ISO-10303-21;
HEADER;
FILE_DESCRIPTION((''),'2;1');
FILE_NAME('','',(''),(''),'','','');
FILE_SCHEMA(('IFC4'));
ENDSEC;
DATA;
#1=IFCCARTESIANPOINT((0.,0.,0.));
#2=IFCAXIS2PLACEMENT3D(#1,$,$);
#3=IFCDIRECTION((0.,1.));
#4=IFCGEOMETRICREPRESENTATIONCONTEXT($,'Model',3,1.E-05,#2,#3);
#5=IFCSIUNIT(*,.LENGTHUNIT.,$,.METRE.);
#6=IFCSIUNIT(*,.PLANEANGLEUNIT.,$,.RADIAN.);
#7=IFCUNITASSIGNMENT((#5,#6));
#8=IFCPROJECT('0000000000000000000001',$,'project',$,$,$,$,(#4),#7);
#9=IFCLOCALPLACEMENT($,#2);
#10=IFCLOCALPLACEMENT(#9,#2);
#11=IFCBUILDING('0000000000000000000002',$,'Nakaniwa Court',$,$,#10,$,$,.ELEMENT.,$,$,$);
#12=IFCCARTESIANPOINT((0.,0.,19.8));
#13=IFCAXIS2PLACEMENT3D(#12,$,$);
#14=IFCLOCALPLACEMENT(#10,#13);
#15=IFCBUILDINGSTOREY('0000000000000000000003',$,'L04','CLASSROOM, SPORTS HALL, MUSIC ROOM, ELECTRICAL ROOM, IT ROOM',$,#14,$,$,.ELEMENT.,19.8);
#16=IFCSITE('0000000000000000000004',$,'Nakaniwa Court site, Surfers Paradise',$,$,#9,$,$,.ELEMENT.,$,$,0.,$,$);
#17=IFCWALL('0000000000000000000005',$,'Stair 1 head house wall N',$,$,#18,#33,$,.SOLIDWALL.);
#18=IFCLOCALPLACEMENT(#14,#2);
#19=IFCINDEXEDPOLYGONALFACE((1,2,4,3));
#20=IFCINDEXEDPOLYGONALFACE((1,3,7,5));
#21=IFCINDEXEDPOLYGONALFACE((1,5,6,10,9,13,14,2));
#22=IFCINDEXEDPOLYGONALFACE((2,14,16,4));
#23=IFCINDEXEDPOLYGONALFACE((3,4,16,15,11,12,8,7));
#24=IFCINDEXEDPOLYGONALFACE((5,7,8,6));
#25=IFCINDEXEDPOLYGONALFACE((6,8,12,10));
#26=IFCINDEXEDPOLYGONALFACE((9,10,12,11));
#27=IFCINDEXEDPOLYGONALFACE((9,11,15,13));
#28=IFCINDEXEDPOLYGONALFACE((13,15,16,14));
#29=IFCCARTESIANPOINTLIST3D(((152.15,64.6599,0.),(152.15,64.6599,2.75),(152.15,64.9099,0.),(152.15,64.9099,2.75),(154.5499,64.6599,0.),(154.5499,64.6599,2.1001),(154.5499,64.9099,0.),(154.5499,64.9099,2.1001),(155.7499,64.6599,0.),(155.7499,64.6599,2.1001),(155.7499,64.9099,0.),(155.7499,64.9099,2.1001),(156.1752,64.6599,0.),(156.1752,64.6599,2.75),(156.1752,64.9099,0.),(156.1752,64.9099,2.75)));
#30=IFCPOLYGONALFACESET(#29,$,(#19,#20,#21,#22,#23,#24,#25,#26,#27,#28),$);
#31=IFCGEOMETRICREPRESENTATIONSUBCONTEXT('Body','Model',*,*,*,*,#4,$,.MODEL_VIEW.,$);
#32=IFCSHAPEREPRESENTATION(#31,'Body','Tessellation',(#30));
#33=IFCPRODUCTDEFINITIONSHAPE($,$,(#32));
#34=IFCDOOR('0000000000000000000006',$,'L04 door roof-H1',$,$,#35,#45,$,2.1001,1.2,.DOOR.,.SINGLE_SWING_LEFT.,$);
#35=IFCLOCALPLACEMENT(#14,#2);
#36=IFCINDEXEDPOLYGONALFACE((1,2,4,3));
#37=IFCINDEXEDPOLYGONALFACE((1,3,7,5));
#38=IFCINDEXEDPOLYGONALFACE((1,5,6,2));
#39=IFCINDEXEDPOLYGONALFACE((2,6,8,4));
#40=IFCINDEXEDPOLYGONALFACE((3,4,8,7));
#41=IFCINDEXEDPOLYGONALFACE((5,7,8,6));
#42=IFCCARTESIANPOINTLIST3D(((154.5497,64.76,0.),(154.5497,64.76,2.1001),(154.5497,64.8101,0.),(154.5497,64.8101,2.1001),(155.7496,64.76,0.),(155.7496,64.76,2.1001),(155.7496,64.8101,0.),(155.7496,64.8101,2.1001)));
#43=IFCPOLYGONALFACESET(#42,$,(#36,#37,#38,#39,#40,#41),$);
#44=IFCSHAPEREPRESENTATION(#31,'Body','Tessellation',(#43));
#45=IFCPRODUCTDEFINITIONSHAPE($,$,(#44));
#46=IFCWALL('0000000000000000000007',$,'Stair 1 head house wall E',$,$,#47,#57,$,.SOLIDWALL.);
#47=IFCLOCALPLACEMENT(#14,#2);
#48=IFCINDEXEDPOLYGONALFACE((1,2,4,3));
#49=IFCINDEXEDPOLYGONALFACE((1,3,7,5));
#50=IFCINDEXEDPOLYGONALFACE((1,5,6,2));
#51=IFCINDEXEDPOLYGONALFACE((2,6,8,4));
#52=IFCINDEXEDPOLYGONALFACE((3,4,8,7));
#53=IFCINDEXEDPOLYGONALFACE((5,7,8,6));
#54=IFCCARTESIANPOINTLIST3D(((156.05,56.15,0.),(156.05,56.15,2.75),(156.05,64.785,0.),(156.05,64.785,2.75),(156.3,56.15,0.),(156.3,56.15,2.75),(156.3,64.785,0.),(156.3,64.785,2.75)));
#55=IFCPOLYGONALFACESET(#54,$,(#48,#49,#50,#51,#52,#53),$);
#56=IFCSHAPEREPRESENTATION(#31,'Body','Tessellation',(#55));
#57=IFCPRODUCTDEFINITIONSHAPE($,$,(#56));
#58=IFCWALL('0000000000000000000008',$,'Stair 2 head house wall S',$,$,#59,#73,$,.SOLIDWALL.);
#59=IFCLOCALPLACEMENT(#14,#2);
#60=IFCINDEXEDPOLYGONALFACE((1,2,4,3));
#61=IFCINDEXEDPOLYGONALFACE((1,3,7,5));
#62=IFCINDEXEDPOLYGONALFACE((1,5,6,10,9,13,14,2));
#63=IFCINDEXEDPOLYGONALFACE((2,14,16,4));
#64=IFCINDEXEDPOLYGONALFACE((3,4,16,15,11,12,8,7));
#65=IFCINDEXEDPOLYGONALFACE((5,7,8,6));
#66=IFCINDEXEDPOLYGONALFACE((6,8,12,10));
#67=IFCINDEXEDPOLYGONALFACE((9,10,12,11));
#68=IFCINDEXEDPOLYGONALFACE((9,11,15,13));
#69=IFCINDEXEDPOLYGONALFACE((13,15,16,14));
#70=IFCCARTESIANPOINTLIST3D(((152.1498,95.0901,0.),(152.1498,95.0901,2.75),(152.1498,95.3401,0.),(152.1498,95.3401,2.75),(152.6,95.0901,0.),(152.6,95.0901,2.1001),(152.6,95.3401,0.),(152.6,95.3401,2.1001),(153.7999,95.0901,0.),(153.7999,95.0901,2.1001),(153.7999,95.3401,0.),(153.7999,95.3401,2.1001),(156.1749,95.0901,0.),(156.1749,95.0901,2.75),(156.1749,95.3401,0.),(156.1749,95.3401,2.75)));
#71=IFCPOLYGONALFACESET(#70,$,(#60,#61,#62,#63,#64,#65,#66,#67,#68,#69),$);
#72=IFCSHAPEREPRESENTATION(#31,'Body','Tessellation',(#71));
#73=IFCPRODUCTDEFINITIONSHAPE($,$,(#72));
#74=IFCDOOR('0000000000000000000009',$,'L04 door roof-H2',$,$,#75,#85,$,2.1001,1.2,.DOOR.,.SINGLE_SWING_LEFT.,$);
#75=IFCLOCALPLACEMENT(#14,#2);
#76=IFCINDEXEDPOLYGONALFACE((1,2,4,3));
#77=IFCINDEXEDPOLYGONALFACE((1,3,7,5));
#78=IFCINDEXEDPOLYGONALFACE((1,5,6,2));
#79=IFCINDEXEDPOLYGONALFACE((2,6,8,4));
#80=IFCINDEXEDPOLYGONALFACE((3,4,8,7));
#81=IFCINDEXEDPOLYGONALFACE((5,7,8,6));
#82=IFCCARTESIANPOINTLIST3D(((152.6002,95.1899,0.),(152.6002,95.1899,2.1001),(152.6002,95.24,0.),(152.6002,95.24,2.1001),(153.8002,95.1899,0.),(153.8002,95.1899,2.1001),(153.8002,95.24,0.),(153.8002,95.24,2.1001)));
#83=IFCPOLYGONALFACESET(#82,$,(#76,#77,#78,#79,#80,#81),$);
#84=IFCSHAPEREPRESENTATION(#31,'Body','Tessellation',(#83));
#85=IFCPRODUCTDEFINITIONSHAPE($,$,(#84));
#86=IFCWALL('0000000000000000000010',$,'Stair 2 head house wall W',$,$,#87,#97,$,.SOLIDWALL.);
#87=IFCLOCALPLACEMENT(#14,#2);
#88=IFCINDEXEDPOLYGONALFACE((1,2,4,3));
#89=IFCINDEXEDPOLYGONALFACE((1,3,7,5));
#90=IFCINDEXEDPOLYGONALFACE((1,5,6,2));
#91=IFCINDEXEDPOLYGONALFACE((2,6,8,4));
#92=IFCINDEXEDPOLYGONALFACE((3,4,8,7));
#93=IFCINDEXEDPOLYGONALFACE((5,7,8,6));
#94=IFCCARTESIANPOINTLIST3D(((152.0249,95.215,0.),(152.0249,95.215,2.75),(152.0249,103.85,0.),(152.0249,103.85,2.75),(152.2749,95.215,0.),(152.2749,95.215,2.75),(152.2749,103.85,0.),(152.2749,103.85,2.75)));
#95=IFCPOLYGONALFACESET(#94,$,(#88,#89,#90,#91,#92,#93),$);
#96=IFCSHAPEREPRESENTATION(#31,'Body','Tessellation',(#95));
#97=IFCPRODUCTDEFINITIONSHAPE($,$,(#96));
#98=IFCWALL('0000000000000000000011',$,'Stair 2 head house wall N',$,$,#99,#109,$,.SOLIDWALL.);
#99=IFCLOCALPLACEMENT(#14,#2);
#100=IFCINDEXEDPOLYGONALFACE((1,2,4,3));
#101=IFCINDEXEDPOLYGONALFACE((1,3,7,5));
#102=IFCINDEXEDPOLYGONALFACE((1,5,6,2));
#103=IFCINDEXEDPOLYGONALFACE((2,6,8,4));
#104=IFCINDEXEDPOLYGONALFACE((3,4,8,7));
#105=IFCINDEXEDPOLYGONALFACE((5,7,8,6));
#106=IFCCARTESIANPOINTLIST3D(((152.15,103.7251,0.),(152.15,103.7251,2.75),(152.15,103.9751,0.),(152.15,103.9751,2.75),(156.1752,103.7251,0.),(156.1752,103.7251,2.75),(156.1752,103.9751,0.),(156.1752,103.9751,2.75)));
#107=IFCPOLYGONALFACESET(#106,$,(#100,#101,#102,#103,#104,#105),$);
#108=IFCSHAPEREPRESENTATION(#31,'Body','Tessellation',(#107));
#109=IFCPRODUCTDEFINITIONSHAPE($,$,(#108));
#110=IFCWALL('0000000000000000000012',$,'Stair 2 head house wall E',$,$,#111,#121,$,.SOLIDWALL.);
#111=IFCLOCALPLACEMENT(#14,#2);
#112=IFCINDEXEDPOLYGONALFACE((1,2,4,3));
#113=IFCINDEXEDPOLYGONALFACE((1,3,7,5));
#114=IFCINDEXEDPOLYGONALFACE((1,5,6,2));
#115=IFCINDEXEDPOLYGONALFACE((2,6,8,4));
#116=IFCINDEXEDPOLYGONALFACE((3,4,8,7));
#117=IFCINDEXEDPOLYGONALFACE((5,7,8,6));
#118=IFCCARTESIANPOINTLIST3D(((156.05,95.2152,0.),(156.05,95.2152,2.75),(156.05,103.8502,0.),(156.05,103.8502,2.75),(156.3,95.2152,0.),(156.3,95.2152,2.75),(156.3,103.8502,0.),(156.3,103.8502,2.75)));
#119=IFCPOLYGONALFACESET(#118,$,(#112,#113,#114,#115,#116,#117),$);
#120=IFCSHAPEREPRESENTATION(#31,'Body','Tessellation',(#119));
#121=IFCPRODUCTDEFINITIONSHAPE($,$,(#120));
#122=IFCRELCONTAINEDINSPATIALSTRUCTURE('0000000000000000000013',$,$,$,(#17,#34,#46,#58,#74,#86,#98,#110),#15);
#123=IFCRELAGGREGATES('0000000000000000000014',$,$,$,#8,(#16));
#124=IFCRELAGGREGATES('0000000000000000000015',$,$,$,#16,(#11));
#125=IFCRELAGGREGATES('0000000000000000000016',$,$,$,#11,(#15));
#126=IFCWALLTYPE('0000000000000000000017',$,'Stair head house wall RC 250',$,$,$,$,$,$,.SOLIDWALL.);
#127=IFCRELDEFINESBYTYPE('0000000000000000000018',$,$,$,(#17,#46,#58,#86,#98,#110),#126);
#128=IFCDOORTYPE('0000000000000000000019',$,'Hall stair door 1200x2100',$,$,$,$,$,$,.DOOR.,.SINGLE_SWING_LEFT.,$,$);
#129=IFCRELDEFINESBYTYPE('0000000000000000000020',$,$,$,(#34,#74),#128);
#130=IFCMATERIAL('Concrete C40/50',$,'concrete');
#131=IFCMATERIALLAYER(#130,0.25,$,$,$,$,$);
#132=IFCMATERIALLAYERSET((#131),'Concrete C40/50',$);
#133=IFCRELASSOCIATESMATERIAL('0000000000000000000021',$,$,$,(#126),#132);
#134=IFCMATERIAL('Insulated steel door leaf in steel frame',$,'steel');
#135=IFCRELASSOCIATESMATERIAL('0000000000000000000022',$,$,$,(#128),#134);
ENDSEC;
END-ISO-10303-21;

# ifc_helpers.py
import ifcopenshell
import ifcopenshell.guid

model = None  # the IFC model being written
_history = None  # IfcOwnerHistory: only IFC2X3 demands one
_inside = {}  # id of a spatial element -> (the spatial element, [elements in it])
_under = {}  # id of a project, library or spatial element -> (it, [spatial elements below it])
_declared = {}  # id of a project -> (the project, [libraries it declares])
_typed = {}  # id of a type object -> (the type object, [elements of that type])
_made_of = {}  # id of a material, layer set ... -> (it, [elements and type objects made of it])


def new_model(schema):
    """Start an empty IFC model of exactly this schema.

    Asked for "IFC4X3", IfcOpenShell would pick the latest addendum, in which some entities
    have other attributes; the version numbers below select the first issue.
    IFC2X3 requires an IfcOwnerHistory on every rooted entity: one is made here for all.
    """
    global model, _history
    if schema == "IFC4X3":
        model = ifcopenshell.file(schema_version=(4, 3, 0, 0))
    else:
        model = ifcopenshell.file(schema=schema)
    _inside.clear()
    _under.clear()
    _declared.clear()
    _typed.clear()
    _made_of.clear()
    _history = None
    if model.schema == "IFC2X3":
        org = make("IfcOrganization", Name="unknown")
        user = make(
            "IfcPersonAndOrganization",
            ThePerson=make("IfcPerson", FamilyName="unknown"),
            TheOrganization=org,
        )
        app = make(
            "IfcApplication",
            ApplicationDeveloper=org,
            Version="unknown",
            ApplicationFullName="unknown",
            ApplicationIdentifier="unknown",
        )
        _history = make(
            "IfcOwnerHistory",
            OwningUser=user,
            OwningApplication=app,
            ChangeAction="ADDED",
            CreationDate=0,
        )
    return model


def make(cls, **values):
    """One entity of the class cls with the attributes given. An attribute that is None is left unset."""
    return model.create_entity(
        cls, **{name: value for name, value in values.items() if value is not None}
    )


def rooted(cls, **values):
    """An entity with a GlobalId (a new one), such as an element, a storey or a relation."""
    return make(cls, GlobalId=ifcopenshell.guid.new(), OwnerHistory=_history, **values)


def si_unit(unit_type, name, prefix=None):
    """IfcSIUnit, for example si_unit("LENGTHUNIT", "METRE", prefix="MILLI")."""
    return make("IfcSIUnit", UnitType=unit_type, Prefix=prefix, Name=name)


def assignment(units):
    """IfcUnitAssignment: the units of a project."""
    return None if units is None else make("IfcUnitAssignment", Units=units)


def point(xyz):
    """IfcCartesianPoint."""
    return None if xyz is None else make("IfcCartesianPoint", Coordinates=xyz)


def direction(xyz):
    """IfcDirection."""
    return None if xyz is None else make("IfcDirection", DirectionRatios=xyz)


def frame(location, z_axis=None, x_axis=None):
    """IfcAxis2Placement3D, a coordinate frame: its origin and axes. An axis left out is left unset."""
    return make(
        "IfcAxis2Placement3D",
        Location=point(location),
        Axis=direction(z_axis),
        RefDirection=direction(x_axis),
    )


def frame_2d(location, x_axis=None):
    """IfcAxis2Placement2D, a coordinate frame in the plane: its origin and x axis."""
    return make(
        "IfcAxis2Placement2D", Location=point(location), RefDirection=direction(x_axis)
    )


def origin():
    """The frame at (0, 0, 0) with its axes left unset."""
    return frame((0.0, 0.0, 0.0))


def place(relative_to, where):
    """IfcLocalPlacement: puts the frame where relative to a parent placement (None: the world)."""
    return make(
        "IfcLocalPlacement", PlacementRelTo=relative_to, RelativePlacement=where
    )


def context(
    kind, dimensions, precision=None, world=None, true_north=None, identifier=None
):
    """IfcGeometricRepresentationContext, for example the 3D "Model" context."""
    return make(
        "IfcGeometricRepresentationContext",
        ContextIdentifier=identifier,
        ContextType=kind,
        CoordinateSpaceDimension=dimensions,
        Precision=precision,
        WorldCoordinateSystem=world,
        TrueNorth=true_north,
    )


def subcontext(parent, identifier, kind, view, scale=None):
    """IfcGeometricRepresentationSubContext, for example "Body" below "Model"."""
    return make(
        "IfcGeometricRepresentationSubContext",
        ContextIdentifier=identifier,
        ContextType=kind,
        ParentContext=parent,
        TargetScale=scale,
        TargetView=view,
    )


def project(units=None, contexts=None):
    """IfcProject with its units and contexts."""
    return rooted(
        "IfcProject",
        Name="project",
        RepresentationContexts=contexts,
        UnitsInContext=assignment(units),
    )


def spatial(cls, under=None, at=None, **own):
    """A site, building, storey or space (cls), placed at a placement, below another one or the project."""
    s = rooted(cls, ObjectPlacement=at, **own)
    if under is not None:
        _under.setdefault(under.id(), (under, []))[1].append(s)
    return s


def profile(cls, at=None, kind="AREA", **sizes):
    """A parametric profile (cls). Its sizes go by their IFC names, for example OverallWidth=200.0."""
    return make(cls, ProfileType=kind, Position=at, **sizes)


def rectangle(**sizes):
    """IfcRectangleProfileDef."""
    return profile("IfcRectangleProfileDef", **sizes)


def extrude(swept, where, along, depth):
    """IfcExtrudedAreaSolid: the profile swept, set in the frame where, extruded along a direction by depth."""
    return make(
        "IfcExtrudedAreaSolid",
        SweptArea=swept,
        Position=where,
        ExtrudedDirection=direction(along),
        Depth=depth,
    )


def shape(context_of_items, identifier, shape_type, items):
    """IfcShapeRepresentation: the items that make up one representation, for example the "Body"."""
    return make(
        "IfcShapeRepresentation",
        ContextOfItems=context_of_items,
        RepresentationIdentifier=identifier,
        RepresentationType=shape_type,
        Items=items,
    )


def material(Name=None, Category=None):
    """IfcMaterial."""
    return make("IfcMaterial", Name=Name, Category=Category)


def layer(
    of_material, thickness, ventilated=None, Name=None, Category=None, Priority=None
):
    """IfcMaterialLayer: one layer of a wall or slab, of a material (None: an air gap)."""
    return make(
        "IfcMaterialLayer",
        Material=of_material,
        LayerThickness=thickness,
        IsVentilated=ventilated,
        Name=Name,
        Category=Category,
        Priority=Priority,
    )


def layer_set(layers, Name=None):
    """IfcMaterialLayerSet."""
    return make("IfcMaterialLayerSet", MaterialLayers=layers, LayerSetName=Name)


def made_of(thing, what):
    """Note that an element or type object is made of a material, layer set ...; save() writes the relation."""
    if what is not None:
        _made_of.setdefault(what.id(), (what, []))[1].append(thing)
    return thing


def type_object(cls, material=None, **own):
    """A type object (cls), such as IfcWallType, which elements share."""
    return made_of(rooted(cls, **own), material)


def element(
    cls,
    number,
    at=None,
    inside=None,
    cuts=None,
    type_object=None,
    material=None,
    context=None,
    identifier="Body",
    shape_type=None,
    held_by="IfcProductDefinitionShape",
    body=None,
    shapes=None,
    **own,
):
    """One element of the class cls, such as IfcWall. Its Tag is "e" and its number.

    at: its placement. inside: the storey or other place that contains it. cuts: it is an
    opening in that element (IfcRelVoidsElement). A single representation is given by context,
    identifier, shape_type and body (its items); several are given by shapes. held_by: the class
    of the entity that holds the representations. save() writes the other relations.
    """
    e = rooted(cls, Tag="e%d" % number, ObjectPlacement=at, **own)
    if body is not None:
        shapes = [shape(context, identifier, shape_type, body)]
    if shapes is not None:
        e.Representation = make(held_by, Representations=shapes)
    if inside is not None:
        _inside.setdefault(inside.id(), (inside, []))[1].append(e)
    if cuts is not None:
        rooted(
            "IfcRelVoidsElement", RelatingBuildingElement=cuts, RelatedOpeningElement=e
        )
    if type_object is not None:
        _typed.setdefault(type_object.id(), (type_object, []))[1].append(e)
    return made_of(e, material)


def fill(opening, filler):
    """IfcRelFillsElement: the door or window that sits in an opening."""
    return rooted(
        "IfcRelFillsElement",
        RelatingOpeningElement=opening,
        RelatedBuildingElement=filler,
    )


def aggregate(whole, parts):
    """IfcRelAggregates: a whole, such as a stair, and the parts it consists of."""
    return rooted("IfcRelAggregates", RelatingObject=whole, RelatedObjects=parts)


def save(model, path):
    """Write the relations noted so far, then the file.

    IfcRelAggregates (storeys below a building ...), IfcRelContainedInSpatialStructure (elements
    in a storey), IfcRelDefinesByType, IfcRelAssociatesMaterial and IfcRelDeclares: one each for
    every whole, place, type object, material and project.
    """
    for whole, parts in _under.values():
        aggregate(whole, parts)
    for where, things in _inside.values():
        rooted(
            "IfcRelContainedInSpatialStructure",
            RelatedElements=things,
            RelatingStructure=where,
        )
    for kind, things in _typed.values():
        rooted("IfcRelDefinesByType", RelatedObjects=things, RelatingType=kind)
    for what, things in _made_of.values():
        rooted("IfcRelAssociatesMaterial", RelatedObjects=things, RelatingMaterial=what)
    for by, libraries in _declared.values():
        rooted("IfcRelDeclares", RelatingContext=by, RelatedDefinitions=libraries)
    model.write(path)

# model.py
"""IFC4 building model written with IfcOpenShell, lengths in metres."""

from ifc_helpers import new_model, si_unit, direction, frame, frame_2d, origin, place, context, subcontext, project, spatial, rectangle, extrude, material, layer, layer_set, type_object, element, fill, save


model = new_model("IFC4")

# Units and contexts
model_context = context("Model", 3, precision=1e-05, world=origin(), true_north=direction((0.0, 1.0)))
body_context = subcontext(model_context, "Body", "Model", "MODEL_VIEW")
ifc_project = project(units=[si_unit("LENGTHUNIT", "METRE"), si_unit("PLANEANGLEUNIT", "RADIAN")], contexts=[model_context])

# Site, building, storey
site_placement = place(None, origin())
site = spatial("IfcSite", under=ifc_project, at=site_placement, Name="Nakaniwa Court site, Surfers Paradise", CompositionType="ELEMENT", RefElevation=0.0)
building_placement = place(site_placement, origin())
building = spatial("IfcBuilding", under=site, at=building_placement, Name="Nakaniwa Court", CompositionType="ELEMENT")
storey_placement = place(building_placement, frame((0.0, 0.0, 19.8)))
storey = spatial("IfcBuildingStorey", under=building, at=storey_placement, Name="L04", Description="CLASSROOM, SPORTS HALL, MUSIC ROOM, ELECTRICAL ROOM, IT ROOM", CompositionType="ELEMENT", Elevation=19.8)

# Shared definitions
ifc_material_1 = material(Name="Concrete C40/50", Category="concrete")
ifc_layer_1 = layer(ifc_material_1, 0.25)
ifc_layer_set_1 = layer_set([ifc_layer_1], Name="Concrete C40/50")
wall_type_1 = type_object("IfcWallType", Name="Stair head house wall RC 250", PredefinedType="SOLIDWALL", material=ifc_layer_set_1)

# Wall, opening, door
wall_1_placement = place(storey_placement, frame((152.1499, 64.7849, 0.0), z_axis=(0.0, 0.0, 1.0), x_axis=(1.0, 0.0, 0.0)))
wall_1 = element("IfcWall", 1, at=wall_1_placement, inside=storey, type_object=wall_type_1, Name="Stair 1 head house wall N", PredefinedType="SOLIDWALL", context=body_context, shape_type="SweptSolid", body=[
    extrude(rectangle(XDim=4.0251, YDim=0.25, at=frame_2d((2.0127, 0.0))), origin(), (0.0, 0.0, 1.0), 2.75),
])
opening_1_placement = place(wall_1_placement, frame((2.3999, 0.0, 0.0)))
opening_1 = element("IfcOpeningElement", 2, at=opening_1_placement, cuts=wall_1, PredefinedType="OPENING", context=body_context, shape_type="SweptSolid", body=[
    extrude(rectangle(XDim=1.2, YDim=2.1001, at=frame_2d((0.6001, 1.05))), frame((0.0, 0.135, 0.0), z_axis=(0.0, -1.0, 0.0), x_axis=(1.0, 0.0, 0.0)), (0.0, 0.0, 1.0), 0.27),
])
ifc_material_2 = material(Name="Insulated steel door leaf in steel frame", Category="steel")
door_type = type_object("IfcDoorType", Name="Hall stair door 1200x2100", OperationType="SINGLE_SWING_LEFT", PredefinedType="DOOR", material=ifc_material_2)
door_1_placement = place(opening_1_placement, frame((1.2, 0.0, 0.0), z_axis=(0.0, 0.0, 1.0), x_axis=(-1.0, 0.0, 0.0)))
door_1 = element("IfcDoor", 3, at=door_1_placement, inside=storey, type_object=door_type, Name="L04 door roof-H1", OperationType="SINGLE_SWING_LEFT", OverallHeight=2.1001, OverallWidth=1.2, PredefinedType="DOOR", context=body_context, shape_type="SweptSolid", body=[
    extrude(rectangle(XDim=1.2, YDim=2.1001, at=frame_2d((0.6001, 1.05))), frame((0.0, 0.0249, 0.0), z_axis=(0.0, -1.0, 0.0), x_axis=(1.0, 0.0, 0.0)), (0.0, 0.0, 1.0), 0.05),
])
fill(opening_1, door_1)

# Wall
wall_2_placement = place(storey_placement, frame((156.175, 64.7849, 0.0), z_axis=(0.0, 0.0, 1.0), x_axis=(0.0, -1.0, 0.0)))
element("IfcWall", 4, at=wall_2_placement, inside=storey, type_object=wall_type_1, Name="Stair 1 head house wall E", PredefinedType="SOLIDWALL", context=body_context, shape_type="SweptSolid", body=[
    extrude(rectangle(XDim=8.635, YDim=0.25, at=frame_2d((4.3174, 0.0))), origin(), (0.0, 0.0, 1.0), 2.75),
])

# Wall, opening, door
wall_3_placement = place(storey_placement, frame((156.175, 95.2151, 0.0), z_axis=(0.0, 0.0, 1.0), x_axis=(-1.0, 0.0, 0.0)))
wall_3 = element("IfcWall", 5, at=wall_3_placement, inside=storey, type_object=wall_type_1, Name="Stair 2 head house wall S", PredefinedType="SOLIDWALL", context=body_context, shape_type="SweptSolid", body=[
    extrude(rectangle(XDim=4.0251, YDim=0.25, at=frame_2d((2.0127, 0.0))), origin(), (0.0, 0.0, 1.0), 2.75),
])
opening_2_placement = place(wall_3_placement, frame((2.375, 0.0, 0.0)))
opening_2 = element("IfcOpeningElement", 6, at=opening_2_placement, cuts=wall_3, PredefinedType="OPENING", context=body_context, shape_type="SweptSolid", body=[
    extrude(rectangle(XDim=1.2, YDim=2.1001, at=frame_2d((0.6001, 1.05))), frame((0.0, 0.135, 0.0), z_axis=(0.0, -1.0, 0.0), x_axis=(1.0, 0.0, 0.0)), (0.0, 0.0, 1.0), 0.27),
])
door_2_placement = place(opening_2_placement, frame((1.2, 0.0, 0.0), z_axis=(0.0, 0.0, 1.0), x_axis=(-1.0, 0.0, 0.0)))
door_2 = element("IfcDoor", 7, at=door_2_placement, inside=storey, type_object=door_type, Name="L04 door roof-H2", OperationType="SINGLE_SWING_LEFT", OverallHeight=2.1001, OverallWidth=1.2, PredefinedType="DOOR", context=body_context, shape_type="SweptSolid", body=[
    extrude(rectangle(XDim=1.2, YDim=2.1001, at=frame_2d((0.6001, 1.05))), frame((0.0, 0.0249, 0.0), z_axis=(0.0, -1.0, 0.0), x_axis=(1.0, 0.0, 0.0)), (0.0, 0.0, 1.0), 0.05),
])
fill(opening_2, door_2)

# Walls
wall_4_placement = place(storey_placement, frame((152.1499, 95.2151, 0.0), z_axis=(0.0, 0.0, 1.0), x_axis=(0.0, 1.0, 0.0)))
element("IfcWall", 8, at=wall_4_placement, inside=storey, type_object=wall_type_1, Name="Stair 2 head house wall W", PredefinedType="SOLIDWALL", context=body_context, shape_type="SweptSolid", body=[
    extrude(rectangle(XDim=8.635, YDim=0.25, at=frame_2d((4.3174, 0.0))), origin(), (0.0, 0.0, 1.0), 2.75),
])
wall_5_placement = place(storey_placement, frame((152.1499, 103.8501, 0.0), z_axis=(0.0, 0.0, 1.0), x_axis=(1.0, 0.0, 0.0)))
element("IfcWall", 9, at=wall_5_placement, inside=storey, type_object=wall_type_1, Name="Stair 2 head house wall N", PredefinedType="SOLIDWALL", context=body_context, shape_type="SweptSolid", body=[
    extrude(rectangle(XDim=4.0251, YDim=0.25, at=frame_2d((2.0127, 0.0))), origin(), (0.0, 0.0, 1.0), 2.75),
])
wall_6_placement = place(storey_placement, frame((156.175, 103.8501, 0.0), z_axis=(0.0, 0.0, 1.0), x_axis=(0.0, -1.0, 0.0)))
element("IfcWall", 10, at=wall_6_placement, inside=storey, type_object=wall_type_1, Name="Stair 2 head house wall E", PredefinedType="SOLIDWALL", context=body_context, shape_type="SweptSolid", body=[
    extrude(rectangle(XDim=8.635, YDim=0.25, at=frame_2d((4.3174, 0.0))), origin(), (0.0, 0.0, 1.0), 2.75),
])

save(model, "model.ifc")
